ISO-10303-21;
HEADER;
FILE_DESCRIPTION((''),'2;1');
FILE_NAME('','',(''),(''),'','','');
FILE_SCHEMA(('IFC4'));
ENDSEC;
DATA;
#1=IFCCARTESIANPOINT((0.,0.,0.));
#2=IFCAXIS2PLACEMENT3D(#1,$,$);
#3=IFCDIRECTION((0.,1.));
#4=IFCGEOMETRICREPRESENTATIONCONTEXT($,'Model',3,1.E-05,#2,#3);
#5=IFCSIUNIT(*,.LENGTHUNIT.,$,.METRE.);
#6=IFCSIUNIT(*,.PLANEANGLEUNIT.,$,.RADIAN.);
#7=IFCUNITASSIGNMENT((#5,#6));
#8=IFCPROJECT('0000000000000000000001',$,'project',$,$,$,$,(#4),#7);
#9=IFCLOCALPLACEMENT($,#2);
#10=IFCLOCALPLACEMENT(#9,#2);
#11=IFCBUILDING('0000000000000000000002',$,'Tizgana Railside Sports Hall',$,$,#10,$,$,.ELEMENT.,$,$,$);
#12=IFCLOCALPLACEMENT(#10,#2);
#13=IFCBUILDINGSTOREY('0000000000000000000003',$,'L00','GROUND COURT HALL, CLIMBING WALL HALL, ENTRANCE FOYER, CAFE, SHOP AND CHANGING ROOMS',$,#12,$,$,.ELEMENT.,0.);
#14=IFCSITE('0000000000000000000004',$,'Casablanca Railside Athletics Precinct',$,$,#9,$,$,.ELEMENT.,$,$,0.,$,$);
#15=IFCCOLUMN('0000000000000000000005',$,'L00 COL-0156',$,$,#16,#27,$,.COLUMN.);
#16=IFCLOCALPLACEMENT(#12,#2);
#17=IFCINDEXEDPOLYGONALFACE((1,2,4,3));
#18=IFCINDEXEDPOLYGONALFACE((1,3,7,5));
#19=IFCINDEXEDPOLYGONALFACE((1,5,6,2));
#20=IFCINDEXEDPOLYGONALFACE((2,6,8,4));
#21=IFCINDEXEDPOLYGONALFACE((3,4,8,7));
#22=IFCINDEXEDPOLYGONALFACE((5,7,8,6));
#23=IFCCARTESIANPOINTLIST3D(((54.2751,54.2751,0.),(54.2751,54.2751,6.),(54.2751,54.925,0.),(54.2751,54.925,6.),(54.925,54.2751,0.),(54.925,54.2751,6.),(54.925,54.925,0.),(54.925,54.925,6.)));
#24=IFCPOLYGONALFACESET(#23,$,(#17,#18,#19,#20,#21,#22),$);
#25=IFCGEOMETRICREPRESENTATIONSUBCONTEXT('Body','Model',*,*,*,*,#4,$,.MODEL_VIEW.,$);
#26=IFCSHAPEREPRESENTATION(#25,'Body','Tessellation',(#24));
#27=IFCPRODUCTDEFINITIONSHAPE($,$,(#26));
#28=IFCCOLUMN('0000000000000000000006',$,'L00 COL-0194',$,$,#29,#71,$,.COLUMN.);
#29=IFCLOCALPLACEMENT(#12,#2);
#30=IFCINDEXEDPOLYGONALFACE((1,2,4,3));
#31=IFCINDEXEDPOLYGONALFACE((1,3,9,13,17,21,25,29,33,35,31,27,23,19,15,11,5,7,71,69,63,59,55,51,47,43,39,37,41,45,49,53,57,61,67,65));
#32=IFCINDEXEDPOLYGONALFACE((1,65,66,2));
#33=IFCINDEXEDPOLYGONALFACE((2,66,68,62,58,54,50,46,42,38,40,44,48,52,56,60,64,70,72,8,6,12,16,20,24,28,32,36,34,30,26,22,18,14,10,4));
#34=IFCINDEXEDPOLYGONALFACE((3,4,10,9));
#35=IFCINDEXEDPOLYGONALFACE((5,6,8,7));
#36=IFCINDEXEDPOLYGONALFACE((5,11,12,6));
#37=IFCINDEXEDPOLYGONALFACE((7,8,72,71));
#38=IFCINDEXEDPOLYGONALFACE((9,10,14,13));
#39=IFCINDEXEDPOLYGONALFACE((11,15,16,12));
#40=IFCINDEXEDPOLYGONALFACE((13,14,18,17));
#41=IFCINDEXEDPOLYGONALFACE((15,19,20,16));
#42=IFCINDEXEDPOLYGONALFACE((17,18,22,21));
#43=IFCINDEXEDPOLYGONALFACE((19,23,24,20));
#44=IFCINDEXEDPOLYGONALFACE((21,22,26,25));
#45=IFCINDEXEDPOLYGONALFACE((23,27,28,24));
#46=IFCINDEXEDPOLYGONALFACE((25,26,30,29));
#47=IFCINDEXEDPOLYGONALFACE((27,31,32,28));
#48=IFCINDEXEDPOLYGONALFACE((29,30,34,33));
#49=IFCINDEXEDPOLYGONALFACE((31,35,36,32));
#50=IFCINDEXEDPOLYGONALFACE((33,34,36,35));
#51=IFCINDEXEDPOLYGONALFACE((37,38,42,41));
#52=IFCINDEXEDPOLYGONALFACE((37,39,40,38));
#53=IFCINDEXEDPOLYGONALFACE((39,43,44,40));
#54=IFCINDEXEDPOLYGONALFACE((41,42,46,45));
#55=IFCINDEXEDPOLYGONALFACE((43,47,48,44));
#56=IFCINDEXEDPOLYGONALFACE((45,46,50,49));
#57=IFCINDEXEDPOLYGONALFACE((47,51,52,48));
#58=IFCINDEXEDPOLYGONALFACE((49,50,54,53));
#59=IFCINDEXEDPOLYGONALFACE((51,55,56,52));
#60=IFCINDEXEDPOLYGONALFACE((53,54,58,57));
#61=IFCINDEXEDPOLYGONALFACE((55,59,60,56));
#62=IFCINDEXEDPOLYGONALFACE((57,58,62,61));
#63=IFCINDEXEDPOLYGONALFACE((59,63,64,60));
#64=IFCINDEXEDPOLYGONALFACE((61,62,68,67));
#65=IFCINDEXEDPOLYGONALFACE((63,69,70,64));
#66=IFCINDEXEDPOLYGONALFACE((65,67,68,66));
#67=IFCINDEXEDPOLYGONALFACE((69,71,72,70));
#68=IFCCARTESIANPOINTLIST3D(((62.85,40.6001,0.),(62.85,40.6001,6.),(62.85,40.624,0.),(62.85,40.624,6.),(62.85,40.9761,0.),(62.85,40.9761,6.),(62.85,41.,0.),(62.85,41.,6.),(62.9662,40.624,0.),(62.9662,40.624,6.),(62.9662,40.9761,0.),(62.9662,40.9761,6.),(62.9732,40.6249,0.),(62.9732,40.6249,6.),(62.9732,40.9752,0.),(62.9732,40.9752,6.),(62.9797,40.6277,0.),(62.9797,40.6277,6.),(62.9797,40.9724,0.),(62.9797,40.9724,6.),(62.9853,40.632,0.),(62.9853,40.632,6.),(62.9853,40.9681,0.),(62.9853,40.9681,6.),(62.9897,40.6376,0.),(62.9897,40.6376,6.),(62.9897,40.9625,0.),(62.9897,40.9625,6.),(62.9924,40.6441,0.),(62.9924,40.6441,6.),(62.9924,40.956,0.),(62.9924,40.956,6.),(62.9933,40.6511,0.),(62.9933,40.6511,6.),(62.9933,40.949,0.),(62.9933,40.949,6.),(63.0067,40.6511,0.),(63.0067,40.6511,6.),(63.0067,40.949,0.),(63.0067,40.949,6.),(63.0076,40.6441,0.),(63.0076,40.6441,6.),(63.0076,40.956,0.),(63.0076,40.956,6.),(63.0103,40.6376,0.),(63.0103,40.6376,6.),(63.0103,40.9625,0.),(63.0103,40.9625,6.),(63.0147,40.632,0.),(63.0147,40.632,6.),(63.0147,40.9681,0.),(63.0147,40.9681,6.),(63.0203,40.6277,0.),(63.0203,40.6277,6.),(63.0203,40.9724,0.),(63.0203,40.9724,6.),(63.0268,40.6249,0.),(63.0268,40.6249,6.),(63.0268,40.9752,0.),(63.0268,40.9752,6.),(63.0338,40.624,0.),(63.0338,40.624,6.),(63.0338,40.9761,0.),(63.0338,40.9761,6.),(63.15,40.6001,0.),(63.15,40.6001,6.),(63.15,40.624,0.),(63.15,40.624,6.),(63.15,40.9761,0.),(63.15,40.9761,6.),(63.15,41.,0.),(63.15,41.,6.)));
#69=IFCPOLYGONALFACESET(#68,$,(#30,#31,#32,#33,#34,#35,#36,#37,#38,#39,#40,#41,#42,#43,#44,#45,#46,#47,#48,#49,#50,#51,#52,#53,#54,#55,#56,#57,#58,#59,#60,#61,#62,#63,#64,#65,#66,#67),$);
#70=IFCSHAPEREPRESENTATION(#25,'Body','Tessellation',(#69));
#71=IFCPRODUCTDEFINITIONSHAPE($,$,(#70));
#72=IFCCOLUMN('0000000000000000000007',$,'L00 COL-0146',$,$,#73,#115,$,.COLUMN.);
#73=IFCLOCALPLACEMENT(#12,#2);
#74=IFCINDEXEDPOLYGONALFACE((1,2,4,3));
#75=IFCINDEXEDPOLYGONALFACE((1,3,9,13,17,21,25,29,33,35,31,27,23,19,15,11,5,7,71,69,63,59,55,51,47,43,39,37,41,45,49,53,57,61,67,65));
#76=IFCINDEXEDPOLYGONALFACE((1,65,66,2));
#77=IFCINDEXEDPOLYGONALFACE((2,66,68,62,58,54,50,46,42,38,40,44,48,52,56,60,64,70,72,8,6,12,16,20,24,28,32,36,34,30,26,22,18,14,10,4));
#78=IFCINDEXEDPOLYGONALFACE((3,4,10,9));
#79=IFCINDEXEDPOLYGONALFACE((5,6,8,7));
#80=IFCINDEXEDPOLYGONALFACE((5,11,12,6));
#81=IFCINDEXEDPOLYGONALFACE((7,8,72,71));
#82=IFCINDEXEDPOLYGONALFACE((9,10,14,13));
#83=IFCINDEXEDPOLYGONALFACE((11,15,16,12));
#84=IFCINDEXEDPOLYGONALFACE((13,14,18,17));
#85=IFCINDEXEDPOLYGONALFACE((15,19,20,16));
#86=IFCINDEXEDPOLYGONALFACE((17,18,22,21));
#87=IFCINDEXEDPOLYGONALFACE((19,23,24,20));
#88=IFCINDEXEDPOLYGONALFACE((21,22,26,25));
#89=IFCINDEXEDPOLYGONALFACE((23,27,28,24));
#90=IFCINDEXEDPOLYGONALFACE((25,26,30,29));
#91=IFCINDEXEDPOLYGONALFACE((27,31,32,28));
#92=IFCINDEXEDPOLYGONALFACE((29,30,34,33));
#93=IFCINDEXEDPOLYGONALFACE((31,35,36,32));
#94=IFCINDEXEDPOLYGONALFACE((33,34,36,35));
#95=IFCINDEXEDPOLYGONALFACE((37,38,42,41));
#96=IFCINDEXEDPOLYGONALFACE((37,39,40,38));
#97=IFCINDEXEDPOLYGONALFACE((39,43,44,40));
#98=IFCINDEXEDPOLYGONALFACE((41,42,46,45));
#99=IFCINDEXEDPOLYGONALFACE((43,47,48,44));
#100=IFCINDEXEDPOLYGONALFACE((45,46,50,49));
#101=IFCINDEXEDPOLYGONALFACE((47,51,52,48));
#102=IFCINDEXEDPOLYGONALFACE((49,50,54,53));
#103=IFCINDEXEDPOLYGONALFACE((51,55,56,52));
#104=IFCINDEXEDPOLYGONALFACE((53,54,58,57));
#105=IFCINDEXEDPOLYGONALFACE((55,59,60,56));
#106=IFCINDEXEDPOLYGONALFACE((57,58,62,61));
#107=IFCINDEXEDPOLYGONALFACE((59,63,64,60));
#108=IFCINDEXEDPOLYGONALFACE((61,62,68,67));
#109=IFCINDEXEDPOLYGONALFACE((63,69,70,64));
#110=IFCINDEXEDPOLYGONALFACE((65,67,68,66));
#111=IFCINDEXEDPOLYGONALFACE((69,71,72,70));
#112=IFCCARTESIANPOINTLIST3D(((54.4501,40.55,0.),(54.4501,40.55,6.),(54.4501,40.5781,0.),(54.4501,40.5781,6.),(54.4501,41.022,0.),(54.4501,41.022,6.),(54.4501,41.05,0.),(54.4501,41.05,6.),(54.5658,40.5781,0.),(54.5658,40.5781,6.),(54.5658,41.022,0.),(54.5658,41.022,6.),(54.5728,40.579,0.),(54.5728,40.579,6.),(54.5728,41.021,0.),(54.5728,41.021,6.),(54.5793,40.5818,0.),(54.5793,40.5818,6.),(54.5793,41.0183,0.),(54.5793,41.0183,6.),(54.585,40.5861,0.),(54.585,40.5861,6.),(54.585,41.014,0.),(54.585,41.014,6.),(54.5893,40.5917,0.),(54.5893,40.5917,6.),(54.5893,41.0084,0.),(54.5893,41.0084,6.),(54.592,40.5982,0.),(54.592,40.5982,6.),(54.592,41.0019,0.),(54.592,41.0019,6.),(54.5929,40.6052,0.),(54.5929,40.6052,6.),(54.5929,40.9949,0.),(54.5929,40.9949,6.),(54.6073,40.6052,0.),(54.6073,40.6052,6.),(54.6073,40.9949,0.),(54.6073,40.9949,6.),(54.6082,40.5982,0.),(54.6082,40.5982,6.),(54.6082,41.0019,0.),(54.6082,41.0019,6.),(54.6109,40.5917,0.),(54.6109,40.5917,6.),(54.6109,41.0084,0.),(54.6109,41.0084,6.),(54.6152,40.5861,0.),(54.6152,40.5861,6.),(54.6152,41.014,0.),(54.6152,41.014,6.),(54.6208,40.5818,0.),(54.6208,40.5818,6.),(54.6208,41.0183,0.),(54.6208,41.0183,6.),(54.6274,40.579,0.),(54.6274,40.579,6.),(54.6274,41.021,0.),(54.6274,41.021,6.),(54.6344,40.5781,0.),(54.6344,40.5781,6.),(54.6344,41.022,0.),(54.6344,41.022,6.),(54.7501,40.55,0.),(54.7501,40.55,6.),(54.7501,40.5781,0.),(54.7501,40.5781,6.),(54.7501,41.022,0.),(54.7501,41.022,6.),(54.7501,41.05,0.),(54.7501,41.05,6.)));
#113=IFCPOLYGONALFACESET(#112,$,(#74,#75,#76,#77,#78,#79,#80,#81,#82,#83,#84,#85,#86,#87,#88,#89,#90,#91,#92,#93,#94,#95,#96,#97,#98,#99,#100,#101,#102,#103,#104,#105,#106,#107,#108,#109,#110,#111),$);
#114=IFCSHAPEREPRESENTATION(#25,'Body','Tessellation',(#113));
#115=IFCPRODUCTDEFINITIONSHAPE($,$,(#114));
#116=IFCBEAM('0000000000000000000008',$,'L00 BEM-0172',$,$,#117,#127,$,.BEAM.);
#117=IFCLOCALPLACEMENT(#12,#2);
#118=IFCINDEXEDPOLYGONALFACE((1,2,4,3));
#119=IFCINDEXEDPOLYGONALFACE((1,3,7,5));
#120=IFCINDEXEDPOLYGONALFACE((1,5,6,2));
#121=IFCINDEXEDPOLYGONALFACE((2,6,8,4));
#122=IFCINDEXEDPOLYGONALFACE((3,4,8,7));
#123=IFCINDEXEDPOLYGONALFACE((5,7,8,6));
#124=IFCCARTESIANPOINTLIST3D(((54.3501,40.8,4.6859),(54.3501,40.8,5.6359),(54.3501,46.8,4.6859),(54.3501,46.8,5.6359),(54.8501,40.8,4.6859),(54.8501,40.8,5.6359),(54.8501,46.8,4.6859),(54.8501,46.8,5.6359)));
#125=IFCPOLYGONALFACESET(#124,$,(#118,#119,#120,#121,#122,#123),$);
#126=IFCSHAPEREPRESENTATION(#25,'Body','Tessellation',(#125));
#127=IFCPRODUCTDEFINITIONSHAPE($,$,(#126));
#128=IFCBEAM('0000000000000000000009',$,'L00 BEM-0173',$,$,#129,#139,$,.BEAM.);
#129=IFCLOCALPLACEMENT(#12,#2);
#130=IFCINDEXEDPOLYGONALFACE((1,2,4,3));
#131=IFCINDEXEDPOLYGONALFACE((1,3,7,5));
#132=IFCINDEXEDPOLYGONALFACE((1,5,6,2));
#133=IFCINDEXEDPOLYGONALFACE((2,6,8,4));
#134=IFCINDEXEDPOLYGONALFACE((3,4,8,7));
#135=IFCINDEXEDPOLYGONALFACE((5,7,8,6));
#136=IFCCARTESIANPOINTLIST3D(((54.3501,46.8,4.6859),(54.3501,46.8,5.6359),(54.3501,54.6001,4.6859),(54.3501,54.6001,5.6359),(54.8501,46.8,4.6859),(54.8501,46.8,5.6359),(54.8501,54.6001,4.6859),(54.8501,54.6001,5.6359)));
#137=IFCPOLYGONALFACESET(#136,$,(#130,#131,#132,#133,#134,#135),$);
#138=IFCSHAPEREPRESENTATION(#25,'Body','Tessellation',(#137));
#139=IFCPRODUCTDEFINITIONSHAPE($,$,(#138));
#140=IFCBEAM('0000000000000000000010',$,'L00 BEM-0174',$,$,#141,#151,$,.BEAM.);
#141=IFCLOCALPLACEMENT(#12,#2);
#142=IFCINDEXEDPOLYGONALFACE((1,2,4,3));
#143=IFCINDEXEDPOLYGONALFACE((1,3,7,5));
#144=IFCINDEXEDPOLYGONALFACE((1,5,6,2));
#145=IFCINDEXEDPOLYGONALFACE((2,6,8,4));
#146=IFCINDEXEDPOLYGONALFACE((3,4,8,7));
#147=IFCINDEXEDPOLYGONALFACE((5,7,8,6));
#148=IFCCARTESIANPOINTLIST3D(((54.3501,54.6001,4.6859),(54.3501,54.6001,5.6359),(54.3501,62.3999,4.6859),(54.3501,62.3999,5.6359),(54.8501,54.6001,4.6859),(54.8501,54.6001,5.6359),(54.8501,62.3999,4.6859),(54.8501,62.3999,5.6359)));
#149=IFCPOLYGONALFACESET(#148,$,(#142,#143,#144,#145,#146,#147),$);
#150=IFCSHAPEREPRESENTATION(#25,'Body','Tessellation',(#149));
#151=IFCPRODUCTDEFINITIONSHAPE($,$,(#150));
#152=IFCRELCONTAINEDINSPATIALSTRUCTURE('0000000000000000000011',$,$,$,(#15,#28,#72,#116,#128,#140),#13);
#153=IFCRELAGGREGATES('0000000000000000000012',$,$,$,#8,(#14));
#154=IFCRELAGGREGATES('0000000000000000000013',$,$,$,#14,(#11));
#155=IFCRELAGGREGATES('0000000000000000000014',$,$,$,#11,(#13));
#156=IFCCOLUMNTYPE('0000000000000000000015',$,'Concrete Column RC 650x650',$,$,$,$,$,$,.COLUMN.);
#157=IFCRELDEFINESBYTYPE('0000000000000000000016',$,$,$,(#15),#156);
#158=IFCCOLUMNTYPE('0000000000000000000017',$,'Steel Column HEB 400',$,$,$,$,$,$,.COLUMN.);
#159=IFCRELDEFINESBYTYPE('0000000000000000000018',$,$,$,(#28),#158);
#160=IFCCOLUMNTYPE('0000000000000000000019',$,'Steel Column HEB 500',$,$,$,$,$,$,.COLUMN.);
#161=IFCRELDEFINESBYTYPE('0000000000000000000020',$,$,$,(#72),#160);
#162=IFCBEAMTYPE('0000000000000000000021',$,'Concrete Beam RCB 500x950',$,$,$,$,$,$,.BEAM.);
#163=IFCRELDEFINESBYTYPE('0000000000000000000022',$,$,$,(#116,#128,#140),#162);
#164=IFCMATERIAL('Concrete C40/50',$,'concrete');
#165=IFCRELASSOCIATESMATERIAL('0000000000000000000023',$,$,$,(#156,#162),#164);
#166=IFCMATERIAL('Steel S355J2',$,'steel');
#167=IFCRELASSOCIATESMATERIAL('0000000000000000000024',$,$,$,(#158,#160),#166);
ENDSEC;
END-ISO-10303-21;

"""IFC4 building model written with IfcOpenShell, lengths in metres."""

from ifc_helpers import new_model, si_unit, direction, frame, origin, origin_2d, place, context, subcontext, project, spatial, rectangle, i_section, extrude, material, material_profile, profile_set, type_object, element, save


model = new_model("IFC4")

# Units and contexts
model_context = context("Model", 3, precision=1e-05, world=origin(), true_north=direction((0.0, 1.0)))
body_context = subcontext(model_context, "Body", "Model", "MODEL_VIEW")
ifc_project = project(units=[si_unit("LENGTHUNIT", "METRE"), si_unit("PLANEANGLEUNIT", "RADIAN")], contexts=[model_context])

# Site, building, storey
site_placement = place(None, origin())
site = spatial("IfcSite", under=ifc_project, at=site_placement, Name="Casablanca Railside Athletics Precinct", CompositionType="ELEMENT", RefElevation=0.0)
building_placement = place(site_placement, origin())
building = spatial("IfcBuilding", under=site, at=building_placement, Name="Tizgana Railside Sports Hall", CompositionType="ELEMENT")
storey_placement = place(building_placement, origin())
storey = spatial("IfcBuildingStorey", under=building, at=storey_placement, Name="L00", Description="GROUND COURT HALL, CLIMBING WALL HALL, ENTRANCE FOYER, CAFE, SHOP AND CHANGING ROOMS", CompositionType="ELEMENT", Elevation=0.0)

# Columns
ifc_material_1 = material(Name="Concrete C40/50", Category="concrete")
ifc_material_profile_1 = material_profile(ifc_material_1, rectangle(XDim=0.6499, YDim=0.6499, at=origin_2d()), Name="RC 650x650")
ifc_profile_set_1 = profile_set([ifc_material_profile_1], Name="Concrete C40/50")
column_type_1 = type_object("IfcColumnType", Name="Concrete Column RC 650x650", PredefinedType="COLUMN", material=ifc_profile_set_1)
column_1_placement = place(storey_placement, frame((54.6001, 54.6001, 0.0), z_axis=(0.0, 0.0, 1.0), x_axis=(1.0, 0.0, 0.0)))
element("IfcColumn", 1, at=column_1_placement, inside=storey, type_object=column_type_1, Name="L00 COL-0156", PredefinedType="COLUMN", context=body_context, shape_type="SweptSolid", body=[
    extrude(rectangle(XDim=0.6499, YDim=0.6499, at=origin_2d()), origin(), (0.0, 0.0, 1.0), 6.0),
])
ifc_material_2 = material(Name="Steel S355J2", Category="steel")
ifc_material_profile_2 = material_profile(ifc_material_2, i_section(OverallWidth=0.3, OverallDepth=0.3999, WebThickness=0.0134, FlangeThickness=0.0239, FilletRadius=0.0271, at=origin_2d()), Name="HEB 400")
ifc_profile_set_2 = profile_set([ifc_material_profile_2], Name="Steel S355J2")
column_type_2 = type_object("IfcColumnType", Name="Steel Column HEB 400", PredefinedType="COLUMN", material=ifc_profile_set_2)
column_2_placement = place(storey_placement, frame((63.0, 40.8, 0.0), z_axis=(0.0, 0.0, 1.0), x_axis=(1.0, 0.0, 0.0)))
element("IfcColumn", 2, at=column_2_placement, inside=storey, type_object=column_type_2, Name="L00 COL-0194", PredefinedType="COLUMN", context=body_context, shape_type="SweptSolid", body=[
    extrude(i_section(OverallWidth=0.3, OverallDepth=0.3999, WebThickness=0.0134, FlangeThickness=0.0239, FilletRadius=0.0271, at=origin_2d()), origin(), (0.0, 0.0, 1.0), 6.0),
])
ifc_material_profile_3 = material_profile(ifc_material_2, i_section(OverallWidth=0.3, OverallDepth=0.5, WebThickness=0.0144, FlangeThickness=0.0281, FilletRadius=0.0271, at=origin_2d()), Name="HEB 500")
ifc_profile_set_3 = profile_set([ifc_material_profile_3], Name="Steel S355J2")
column_type_3 = type_object("IfcColumnType", Name="Steel Column HEB 500", PredefinedType="COLUMN", material=ifc_profile_set_3)
column_3_placement = place(storey_placement, frame((54.6001, 40.8, 0.0), z_axis=(0.0, 0.0, 1.0), x_axis=(1.0, 0.0, 0.0)))
element("IfcColumn", 3, at=column_3_placement, inside=storey, type_object=column_type_3, Name="L00 COL-0146", PredefinedType="COLUMN", context=body_context, shape_type="SweptSolid", body=[
    extrude(i_section(OverallWidth=0.3, OverallDepth=0.5, WebThickness=0.0144, FlangeThickness=0.0281, FilletRadius=0.0271, at=origin_2d()), origin(), (0.0, 0.0, 1.0), 6.0),
])

# Beams
ifc_material_profile_4 = material_profile(ifc_material_1, rectangle(XDim=0.5, YDim=0.95, at=origin_2d()), Name="RCB 500x950")
ifc_profile_set_4 = profile_set([ifc_material_profile_4], Name="Concrete C40/50")
beam_type_1 = type_object("IfcBeamType", Name="Concrete Beam RCB 500x950", PredefinedType="BEAM", material=ifc_profile_set_4)
beam_1_placement = place(storey_placement, frame((54.6001, 40.8, 5.1609), z_axis=(0.0, 1.0, 0.0), x_axis=(-1.0, 0.0, 0.0)))
element("IfcBeam", 4, at=beam_1_placement, inside=storey, type_object=beam_type_1, Name="L00 BEM-0172", PredefinedType="BEAM", context=body_context, shape_type="SweptSolid", body=[
    extrude(rectangle(XDim=0.5, YDim=0.95, at=origin_2d()), origin(), (0.0, 0.0, 1.0), 6.0),
])
beam_2_placement = place(storey_placement, frame((54.6001, 46.8, 5.1609), z_axis=(0.0, 1.0, 0.0), x_axis=(-1.0, 0.0, 0.0)))
element("IfcBeam", 5, at=beam_2_placement, inside=storey, type_object=beam_type_1, Name="L00 BEM-0173", PredefinedType="BEAM", context=body_context, shape_type="SweptSolid", body=[
    extrude(rectangle(XDim=0.5, YDim=0.95, at=origin_2d()), origin(), (0.0, 0.0, 1.0), 7.8),
])
beam_3_placement = place(storey_placement, frame((54.6001, 54.6001, 5.1609), z_axis=(0.0, 1.0, 0.0), x_axis=(-1.0, 0.0, 0.0)))
element("IfcBeam", 6, at=beam_3_placement, inside=storey, type_object=beam_type_1, Name="L00 BEM-0174", PredefinedType="BEAM", context=body_context, shape_type="SweptSolid", body=[
    extrude(rectangle(XDim=0.5, YDim=0.95, at=origin_2d()), origin(), (0.0, 0.0, 1.0), 7.7998),
])

save(model, "model.ifc")
